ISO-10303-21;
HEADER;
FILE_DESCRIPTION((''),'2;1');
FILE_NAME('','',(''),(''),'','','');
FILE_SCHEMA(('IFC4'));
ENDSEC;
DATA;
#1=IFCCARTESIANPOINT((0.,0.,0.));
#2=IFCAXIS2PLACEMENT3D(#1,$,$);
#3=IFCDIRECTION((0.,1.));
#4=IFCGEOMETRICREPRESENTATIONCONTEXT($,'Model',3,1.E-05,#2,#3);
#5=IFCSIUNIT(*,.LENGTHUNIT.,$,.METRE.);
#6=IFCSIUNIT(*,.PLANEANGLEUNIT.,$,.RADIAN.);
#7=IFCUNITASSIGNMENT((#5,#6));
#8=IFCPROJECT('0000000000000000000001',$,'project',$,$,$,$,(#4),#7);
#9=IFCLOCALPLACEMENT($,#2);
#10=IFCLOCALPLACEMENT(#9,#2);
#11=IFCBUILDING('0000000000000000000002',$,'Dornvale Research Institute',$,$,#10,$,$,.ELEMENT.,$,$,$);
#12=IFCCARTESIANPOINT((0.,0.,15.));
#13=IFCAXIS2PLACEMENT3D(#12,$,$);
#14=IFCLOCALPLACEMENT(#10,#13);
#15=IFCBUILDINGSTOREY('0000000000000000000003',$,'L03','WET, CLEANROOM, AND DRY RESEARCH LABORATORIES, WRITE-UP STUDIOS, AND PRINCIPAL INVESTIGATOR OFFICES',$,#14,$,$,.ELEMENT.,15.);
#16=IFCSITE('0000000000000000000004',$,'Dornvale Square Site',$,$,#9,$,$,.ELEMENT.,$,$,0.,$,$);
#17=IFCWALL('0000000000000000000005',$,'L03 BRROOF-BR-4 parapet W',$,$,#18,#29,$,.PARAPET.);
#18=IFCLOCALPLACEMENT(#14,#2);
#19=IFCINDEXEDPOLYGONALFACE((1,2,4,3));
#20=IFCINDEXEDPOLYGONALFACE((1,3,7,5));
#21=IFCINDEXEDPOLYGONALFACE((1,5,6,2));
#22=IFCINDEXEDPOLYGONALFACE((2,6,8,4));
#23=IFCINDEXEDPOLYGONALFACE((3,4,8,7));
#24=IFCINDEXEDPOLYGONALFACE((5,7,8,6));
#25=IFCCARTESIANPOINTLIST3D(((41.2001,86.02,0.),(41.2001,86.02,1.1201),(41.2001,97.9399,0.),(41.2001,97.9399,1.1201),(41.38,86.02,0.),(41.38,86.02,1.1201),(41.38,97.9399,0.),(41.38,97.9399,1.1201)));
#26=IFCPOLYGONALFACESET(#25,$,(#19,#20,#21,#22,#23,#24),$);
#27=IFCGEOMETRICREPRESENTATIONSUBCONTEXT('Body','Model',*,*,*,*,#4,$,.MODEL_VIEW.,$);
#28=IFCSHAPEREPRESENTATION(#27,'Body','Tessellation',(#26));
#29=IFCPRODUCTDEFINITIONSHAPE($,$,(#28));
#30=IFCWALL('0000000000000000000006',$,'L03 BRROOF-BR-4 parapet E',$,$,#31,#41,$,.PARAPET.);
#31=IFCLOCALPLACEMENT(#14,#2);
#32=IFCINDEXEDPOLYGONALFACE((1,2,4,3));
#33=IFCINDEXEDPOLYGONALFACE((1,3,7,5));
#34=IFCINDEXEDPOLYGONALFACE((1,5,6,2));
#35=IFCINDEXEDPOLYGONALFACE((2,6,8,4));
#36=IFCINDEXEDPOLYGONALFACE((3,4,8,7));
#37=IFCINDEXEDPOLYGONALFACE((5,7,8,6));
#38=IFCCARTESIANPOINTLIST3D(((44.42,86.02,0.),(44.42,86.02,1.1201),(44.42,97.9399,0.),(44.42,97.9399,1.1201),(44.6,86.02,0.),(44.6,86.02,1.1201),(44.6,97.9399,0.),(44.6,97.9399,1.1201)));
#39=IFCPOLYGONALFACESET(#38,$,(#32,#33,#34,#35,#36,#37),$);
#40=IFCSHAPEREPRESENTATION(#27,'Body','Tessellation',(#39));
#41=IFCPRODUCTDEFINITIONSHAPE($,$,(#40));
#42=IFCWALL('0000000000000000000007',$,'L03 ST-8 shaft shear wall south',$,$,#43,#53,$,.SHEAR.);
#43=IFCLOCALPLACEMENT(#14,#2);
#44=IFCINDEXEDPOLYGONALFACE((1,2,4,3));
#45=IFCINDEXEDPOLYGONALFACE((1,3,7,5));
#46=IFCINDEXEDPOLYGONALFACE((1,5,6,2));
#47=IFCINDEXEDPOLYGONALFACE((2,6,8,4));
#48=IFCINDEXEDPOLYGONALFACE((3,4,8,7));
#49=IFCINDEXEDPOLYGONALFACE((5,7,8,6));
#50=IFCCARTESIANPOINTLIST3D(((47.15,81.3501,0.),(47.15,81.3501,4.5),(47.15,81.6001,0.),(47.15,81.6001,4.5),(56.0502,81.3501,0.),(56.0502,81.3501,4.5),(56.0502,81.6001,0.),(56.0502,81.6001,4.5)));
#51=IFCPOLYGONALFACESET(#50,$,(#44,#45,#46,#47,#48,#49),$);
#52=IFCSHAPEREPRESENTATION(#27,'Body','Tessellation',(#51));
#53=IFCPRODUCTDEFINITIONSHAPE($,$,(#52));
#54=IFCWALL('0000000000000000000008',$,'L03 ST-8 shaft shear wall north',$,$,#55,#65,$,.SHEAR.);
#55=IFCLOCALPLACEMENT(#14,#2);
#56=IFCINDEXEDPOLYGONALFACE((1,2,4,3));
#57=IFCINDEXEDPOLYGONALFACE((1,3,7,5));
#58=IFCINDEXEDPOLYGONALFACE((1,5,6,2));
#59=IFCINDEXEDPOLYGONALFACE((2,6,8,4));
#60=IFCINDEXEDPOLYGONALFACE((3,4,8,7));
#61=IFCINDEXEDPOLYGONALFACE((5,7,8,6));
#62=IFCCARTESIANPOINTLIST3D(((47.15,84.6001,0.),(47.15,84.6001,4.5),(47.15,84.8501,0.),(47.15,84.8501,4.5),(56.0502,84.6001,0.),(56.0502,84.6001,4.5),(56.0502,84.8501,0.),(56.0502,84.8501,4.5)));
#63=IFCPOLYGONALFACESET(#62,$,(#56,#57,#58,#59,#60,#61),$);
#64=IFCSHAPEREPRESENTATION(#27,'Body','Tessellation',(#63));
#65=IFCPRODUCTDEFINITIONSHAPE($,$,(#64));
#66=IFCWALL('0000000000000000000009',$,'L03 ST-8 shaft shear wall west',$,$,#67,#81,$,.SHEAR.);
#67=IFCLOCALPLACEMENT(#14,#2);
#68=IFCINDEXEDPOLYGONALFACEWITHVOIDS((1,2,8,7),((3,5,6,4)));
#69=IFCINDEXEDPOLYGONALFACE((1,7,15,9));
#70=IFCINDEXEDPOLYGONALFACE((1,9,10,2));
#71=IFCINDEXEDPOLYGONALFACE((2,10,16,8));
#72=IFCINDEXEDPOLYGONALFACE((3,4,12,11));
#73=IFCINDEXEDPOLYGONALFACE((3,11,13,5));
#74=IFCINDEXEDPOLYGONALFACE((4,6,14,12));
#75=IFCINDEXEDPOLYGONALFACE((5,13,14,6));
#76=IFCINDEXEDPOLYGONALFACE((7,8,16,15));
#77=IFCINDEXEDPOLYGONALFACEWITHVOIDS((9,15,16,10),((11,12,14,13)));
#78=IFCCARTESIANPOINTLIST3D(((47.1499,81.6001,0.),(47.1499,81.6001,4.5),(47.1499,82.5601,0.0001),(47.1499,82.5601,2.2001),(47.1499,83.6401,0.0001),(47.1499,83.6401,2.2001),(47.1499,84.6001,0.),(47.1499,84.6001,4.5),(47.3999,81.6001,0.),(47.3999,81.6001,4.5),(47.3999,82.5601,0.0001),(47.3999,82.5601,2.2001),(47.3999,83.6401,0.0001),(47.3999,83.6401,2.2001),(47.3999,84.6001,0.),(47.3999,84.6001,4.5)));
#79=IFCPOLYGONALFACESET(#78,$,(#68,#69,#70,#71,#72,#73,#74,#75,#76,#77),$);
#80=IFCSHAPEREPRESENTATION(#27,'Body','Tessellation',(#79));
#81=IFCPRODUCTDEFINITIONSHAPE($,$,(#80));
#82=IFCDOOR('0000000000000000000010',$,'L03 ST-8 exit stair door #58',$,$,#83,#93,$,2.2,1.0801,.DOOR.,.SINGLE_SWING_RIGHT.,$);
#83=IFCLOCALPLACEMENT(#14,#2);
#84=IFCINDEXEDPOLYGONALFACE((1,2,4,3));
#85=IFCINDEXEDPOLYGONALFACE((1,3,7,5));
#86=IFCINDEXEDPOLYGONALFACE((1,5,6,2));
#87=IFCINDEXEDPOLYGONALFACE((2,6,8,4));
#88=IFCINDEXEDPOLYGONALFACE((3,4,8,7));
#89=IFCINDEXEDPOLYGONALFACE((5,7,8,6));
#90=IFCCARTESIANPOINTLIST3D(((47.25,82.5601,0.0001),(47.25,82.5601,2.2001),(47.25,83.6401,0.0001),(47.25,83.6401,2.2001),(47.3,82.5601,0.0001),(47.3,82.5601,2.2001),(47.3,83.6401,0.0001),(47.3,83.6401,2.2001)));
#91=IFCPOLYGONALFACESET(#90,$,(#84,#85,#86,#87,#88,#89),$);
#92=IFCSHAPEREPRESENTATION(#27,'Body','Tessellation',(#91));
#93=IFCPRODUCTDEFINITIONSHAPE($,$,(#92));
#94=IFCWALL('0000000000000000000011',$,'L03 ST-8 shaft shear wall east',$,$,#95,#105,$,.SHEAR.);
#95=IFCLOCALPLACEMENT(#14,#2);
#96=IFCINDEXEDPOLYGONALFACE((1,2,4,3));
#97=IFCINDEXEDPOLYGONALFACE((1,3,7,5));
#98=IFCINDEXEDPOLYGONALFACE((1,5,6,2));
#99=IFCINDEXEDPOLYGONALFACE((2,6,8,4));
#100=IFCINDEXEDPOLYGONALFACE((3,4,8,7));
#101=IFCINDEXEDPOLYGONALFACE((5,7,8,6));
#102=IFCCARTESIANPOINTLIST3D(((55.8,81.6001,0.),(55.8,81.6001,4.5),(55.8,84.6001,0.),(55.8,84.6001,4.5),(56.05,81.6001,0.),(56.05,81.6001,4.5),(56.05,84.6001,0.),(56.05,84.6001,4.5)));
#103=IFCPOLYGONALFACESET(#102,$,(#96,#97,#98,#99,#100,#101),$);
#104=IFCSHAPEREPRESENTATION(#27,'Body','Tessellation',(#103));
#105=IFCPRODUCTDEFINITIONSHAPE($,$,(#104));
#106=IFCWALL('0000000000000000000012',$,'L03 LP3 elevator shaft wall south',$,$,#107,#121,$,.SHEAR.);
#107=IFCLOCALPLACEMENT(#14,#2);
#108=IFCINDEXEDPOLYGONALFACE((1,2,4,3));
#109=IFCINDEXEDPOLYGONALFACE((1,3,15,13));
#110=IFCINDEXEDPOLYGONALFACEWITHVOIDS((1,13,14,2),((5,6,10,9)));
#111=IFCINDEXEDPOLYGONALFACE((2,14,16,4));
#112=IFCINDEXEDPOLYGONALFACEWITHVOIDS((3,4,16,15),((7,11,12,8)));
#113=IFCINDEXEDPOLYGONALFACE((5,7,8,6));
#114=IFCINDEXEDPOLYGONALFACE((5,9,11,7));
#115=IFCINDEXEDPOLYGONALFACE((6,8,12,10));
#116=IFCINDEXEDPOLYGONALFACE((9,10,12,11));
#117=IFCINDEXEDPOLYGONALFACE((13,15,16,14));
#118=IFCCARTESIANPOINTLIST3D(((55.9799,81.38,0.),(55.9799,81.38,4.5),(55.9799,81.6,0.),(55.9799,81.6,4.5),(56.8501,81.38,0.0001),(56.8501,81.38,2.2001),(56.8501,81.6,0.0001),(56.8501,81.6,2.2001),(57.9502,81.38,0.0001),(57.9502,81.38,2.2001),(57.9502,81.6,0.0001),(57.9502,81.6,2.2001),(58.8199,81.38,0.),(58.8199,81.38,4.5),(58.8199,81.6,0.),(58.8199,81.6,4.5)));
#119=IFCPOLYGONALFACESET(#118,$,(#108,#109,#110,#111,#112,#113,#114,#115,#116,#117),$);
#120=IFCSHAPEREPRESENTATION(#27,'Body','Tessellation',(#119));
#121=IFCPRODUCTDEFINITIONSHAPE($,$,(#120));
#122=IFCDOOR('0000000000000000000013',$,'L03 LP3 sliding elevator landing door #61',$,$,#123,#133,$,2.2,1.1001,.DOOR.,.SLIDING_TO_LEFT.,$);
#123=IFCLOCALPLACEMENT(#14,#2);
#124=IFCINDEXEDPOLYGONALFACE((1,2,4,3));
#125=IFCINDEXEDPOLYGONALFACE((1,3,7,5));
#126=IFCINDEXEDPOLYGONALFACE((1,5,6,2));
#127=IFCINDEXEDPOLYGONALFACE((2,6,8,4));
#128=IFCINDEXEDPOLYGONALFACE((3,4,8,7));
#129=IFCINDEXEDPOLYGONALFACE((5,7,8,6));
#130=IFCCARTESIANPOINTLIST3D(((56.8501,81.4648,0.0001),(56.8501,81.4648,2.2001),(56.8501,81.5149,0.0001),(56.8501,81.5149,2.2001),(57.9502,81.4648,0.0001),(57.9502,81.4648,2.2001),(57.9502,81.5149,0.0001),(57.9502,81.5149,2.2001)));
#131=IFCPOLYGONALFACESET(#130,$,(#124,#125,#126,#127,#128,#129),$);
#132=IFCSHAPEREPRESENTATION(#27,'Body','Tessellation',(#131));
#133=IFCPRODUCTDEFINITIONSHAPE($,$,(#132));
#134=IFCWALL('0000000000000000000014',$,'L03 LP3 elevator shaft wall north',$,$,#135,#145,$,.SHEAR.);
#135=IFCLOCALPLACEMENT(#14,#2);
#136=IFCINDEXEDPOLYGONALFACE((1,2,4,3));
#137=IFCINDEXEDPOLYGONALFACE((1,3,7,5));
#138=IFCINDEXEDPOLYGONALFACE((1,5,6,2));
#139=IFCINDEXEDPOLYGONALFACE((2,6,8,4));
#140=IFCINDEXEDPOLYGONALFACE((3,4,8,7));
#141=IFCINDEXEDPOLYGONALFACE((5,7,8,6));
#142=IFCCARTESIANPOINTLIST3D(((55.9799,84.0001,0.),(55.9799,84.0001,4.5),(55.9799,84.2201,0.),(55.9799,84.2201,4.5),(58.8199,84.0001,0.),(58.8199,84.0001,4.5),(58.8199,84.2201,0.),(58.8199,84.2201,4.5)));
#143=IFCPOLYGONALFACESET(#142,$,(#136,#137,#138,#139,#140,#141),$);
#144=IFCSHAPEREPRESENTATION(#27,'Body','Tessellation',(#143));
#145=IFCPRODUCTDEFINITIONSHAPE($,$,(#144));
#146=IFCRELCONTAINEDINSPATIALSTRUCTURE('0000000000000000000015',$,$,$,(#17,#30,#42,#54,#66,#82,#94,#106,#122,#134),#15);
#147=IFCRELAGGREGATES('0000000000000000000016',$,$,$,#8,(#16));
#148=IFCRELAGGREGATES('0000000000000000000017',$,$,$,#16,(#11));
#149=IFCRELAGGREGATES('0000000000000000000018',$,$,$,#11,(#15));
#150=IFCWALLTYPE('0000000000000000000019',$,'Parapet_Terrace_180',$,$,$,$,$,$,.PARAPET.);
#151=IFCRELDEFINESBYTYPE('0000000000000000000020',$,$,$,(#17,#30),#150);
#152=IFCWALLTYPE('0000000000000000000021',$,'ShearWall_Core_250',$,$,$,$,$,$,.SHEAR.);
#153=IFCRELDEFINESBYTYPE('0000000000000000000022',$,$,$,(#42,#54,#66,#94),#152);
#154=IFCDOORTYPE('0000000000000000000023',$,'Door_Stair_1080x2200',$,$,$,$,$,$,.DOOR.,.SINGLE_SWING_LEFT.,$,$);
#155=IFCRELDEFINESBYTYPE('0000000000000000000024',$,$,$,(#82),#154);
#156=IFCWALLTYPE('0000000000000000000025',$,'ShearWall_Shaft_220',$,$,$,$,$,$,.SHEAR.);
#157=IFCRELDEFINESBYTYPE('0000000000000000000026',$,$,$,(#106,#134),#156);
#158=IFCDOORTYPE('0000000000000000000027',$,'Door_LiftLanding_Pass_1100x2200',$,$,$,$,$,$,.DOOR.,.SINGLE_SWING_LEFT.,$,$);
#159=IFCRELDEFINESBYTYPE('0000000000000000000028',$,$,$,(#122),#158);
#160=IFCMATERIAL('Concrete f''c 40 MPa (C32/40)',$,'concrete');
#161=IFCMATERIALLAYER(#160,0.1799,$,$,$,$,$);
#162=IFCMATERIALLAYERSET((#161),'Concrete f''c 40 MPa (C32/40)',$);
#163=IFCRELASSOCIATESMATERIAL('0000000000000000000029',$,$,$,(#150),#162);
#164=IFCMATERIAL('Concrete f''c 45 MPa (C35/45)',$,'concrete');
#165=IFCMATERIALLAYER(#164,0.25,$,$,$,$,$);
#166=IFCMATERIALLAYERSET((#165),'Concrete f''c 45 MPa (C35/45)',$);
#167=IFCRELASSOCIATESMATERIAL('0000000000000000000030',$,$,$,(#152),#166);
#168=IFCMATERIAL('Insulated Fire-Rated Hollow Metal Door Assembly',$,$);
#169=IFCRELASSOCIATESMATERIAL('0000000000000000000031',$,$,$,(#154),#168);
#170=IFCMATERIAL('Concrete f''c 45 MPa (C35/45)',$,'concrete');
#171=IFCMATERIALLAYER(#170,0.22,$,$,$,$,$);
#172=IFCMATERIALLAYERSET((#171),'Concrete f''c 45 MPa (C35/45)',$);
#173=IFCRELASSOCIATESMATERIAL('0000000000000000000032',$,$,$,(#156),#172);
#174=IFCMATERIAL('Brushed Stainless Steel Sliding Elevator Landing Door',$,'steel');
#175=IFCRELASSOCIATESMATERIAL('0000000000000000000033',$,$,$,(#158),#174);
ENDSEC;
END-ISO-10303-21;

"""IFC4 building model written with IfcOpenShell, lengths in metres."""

from ifc_helpers import new_model, si_unit, direction, frame, frame_2d, origin, place, context, subcontext, project, spatial, rectangle, extrude, material, layer, layer_set, type_object, element, fill, save


model = new_model("IFC4")

# Units and contexts
model_context = context("Model", 3, precision=1e-05, world=origin(), true_north=direction((0.0, 1.0)))
body_context = subcontext(model_context, "Body", "Model", "MODEL_VIEW")
ifc_project = project(units=[si_unit("LENGTHUNIT", "METRE"), si_unit("PLANEANGLEUNIT", "RADIAN")], contexts=[model_context])

# Site, building, storey
site_placement = place(None, origin())
site = spatial("IfcSite", under=ifc_project, at=site_placement, Name="Dornvale Square Site", CompositionType="ELEMENT", RefElevation=0.0)
building_placement = place(site_placement, origin())
building = spatial("IfcBuilding", under=site, at=building_placement, Name="Dornvale Research Institute", CompositionType="ELEMENT")
storey_placement = place(building_placement, frame((0.0, 0.0, 15.0)))
storey = spatial("IfcBuildingStorey", under=building, at=storey_placement, Name="L03", Description="WET, CLEANROOM, AND DRY RESEARCH LABORATORIES, WRITE-UP STUDIOS, AND PRINCIPAL INVESTIGATOR OFFICES", CompositionType="ELEMENT", Elevation=15.0)

# Walls
ifc_material_1 = material(Name="Concrete f'c 40 MPa (C32/40)", Category="concrete")
ifc_layer_1 = layer(ifc_material_1, 0.1799)
ifc_layer_set_1 = layer_set([ifc_layer_1], Name="Concrete f'c 40 MPa (C32/40)")
wall_type_1 = type_object("IfcWallType", Name="Parapet_Terrace_180", PredefinedType="PARAPET", material=ifc_layer_set_1)
for number, where, z_axis, x_axis, name in (
    (1, (41.29, 86.02, 0.0), (0.0, 0.0, 1.0), (0.0, 1.0, 0.0), "L03 BRROOF-BR-4 parapet W"),
    (2, (44.51, 86.02, 0.0), (0.0, 0.0, 1.0), (0.0, 1.0, 0.0), "L03 BRROOF-BR-4 parapet E"),
):
    element("IfcWall", number, at=place(storey_placement, frame(where, z_axis=z_axis, x_axis=x_axis)), inside=storey, type_object=wall_type_1, Name=name, PredefinedType="PARAPET", context=body_context, shape_type="SweptSolid", body=[
        extrude(rectangle(XDim=11.9199, YDim=0.1799, at=frame_2d((5.96, 0.0))), origin(), (0.0, 0.0, 1.0), 1.1201),
    ])
ifc_material_2 = material(Name="Concrete f'c 45 MPa (C35/45)", Category="concrete")
ifc_layer_2 = layer(ifc_material_2, 0.25)
ifc_layer_set_2 = layer_set([ifc_layer_2], Name="Concrete f'c 45 MPa (C35/45)")
wall_type_2 = type_object("IfcWallType", Name="ShearWall_Core_250", PredefinedType="SHEAR", material=ifc_layer_set_2)
for number, where, z_axis, x_axis, name in (
    (3, (47.1499, 81.4751, 0.0), (0.0, 0.0, 1.0), (1.0, 0.0, 0.0), "L03 ST-8 shaft shear wall south"),
    (4, (47.1499, 84.7251, 0.0), (0.0, 0.0, 1.0), (1.0, 0.0, 0.0), "L03 ST-8 shaft shear wall north"),
):
    element("IfcWall", number, at=place(storey_placement, frame(where, z_axis=z_axis, x_axis=x_axis)), inside=storey, type_object=wall_type_2, Name=name, PredefinedType="SHEAR", context=body_context, shape_type="SweptSolid", body=[
        extrude(rectangle(XDim=8.9001, YDim=0.25, at=frame_2d((4.4502, 0.0))), origin(), (0.0, 0.0, 1.0), 4.5),
    ])

# Wall, opening, door
wall_1_placement = place(storey_placement, frame((47.2749, 81.6001, 0.0), z_axis=(0.0, 0.0, 1.0), x_axis=(0.0, 1.0, 0.0)))
wall_1 = element("IfcWall", 5, at=wall_1_placement, inside=storey, type_object=wall_type_2, Name="L03 ST-8 shaft shear wall west", PredefinedType="SHEAR", context=body_context, shape_type="SweptSolid", body=[
    extrude(rectangle(XDim=3.0, YDim=0.25, at=frame_2d((1.5, 0.0))), origin(), (0.0, 0.0, 1.0), 4.5),
])
opening_1_placement = place(wall_1_placement, frame((0.96, 0.0, 0.0)))
opening_1 = element("IfcOpeningElement", 6, at=opening_1_placement, cuts=wall_1, PredefinedType="OPENING", context=body_context, shape_type="SweptSolid", body=[
    extrude(rectangle(XDim=1.0801, YDim=2.2, at=frame_2d((0.54, 1.1001))), frame((0.0, 0.1399, 0.0), z_axis=(0.0, -1.0, 0.0), x_axis=(1.0, 0.0, 0.0)), (0.0, 0.0, 1.0), 0.28),
])
ifc_material_3 = material(Name="Insulated Fire-Rated Hollow Metal Door Assembly")
door_type_1 = type_object("IfcDoorType", Name="Door_Stair_1080x2200", OperationType="SINGLE_SWING_LEFT", PredefinedType="DOOR", material=ifc_material_3)
door_1_placement = place(opening_1_placement, origin())
door_1 = element("IfcDoor", 7, at=door_1_placement, inside=storey, type_object=door_type_1, Name="L03 ST-8 exit stair door #58", OperationType="SINGLE_SWING_RIGHT", OverallHeight=2.2, OverallWidth=1.0801, PredefinedType="DOOR", context=body_context, shape_type="SweptSolid", body=[
    extrude(rectangle(XDim=1.0801, YDim=2.2, at=frame_2d((0.54, 1.1001))), frame((0.0, 0.0249, 0.0), z_axis=(0.0, -1.0, 0.0), x_axis=(1.0, 0.0, 0.0)), (0.0, 0.0, 1.0), 0.05),
])
fill(opening_1, door_1)

# Wall
wall_2_placement = place(storey_placement, frame((55.925, 81.6001, 0.0), z_axis=(0.0, 0.0, 1.0), x_axis=(0.0, 1.0, 0.0)))
element("IfcWall", 8, at=wall_2_placement, inside=storey, type_object=wall_type_2, Name="L03 ST-8 shaft shear wall east", PredefinedType="SHEAR", context=body_context, shape_type="SweptSolid", body=[
    extrude(rectangle(XDim=3.0, YDim=0.25, at=frame_2d((1.5, 0.0))), origin(), (0.0, 0.0, 1.0), 4.5),
])

# Wall, opening, door
ifc_material_4 = material(Name="Concrete f'c 45 MPa (C35/45)", Category="concrete")
ifc_layer_3 = layer(ifc_material_4, 0.22)
ifc_layer_set_3 = layer_set([ifc_layer_3], Name="Concrete f'c 45 MPa (C35/45)")
wall_type_3 = type_object("IfcWallType", Name="ShearWall_Shaft_220", PredefinedType="SHEAR", material=ifc_layer_set_3)
wall_3_placement = place(storey_placement, frame((55.98, 81.49, 0.0), z_axis=(0.0, 0.0, 1.0), x_axis=(1.0, 0.0, 0.0)))
wall_3 = element("IfcWall", 9, at=wall_3_placement, inside=storey, type_object=wall_type_3, Name="L03 LP3 elevator shaft wall south", PredefinedType="SHEAR", context=body_context, shape_type="SweptSolid", body=[
    extrude(rectangle(XDim=2.8401, YDim=0.22, at=frame_2d((1.4199, 0.0))), origin(), (0.0, 0.0, 1.0), 4.5),
])
opening_2_placement = place(wall_3_placement, frame((0.8701, 0.0, 0.0)))
opening_2 = element("IfcOpeningElement", 10, at=opening_2_placement, cuts=wall_3, PredefinedType="OPENING", context=body_context, shape_type="SweptSolid", body=[
    extrude(rectangle(XDim=1.1001, YDim=2.2, at=frame_2d((0.55, 1.1001))), frame((0.0, 0.125, 0.0), z_axis=(0.0, -1.0, 0.0), x_axis=(1.0, 0.0, 0.0)), (0.0, 0.0, 1.0), 0.25),
])
ifc_material_5 = material(Name="Brushed Stainless Steel Sliding Elevator Landing Door", Category="steel")
door_type_2 = type_object("IfcDoorType", Name="Door_LiftLanding_Pass_1100x2200", OperationType="SINGLE_SWING_LEFT", PredefinedType="DOOR", material=ifc_material_5)
door_2_placement = place(opening_2_placement, origin())
door_2 = element("IfcDoor", 11, at=door_2_placement, inside=storey, type_object=door_type_2, Name="L03 LP3 sliding elevator landing door #61", OperationType="SLIDING_TO_LEFT", OverallHeight=2.2, OverallWidth=1.1001, PredefinedType="DOOR", context=body_context, shape_type="SweptSolid", body=[
    extrude(rectangle(XDim=1.1001, YDim=2.2, at=frame_2d((0.55, 1.1001))), frame((0.0, 0.0249, 0.0), z_axis=(0.0, -1.0, 0.0), x_axis=(1.0, 0.0, 0.0)), (0.0, 0.0, 1.0), 0.05),
])
fill(opening_2, door_2)

# Wall
wall_4_placement = place(storey_placement, frame((55.98, 84.1101, 0.0), z_axis=(0.0, 0.0, 1.0), x_axis=(1.0, 0.0, 0.0)))
element("IfcWall", 12, at=wall_4_placement, inside=storey, type_object=wall_type_3, Name="L03 LP3 elevator shaft wall north", PredefinedType="SHEAR", context=body_context, shape_type="SweptSolid", body=[
    extrude(rectangle(XDim=2.8401, YDim=0.22, at=frame_2d((1.4199, 0.0))), origin(), (0.0, 0.0, 1.0), 4.5),
])

save(model, "model.ifc")
